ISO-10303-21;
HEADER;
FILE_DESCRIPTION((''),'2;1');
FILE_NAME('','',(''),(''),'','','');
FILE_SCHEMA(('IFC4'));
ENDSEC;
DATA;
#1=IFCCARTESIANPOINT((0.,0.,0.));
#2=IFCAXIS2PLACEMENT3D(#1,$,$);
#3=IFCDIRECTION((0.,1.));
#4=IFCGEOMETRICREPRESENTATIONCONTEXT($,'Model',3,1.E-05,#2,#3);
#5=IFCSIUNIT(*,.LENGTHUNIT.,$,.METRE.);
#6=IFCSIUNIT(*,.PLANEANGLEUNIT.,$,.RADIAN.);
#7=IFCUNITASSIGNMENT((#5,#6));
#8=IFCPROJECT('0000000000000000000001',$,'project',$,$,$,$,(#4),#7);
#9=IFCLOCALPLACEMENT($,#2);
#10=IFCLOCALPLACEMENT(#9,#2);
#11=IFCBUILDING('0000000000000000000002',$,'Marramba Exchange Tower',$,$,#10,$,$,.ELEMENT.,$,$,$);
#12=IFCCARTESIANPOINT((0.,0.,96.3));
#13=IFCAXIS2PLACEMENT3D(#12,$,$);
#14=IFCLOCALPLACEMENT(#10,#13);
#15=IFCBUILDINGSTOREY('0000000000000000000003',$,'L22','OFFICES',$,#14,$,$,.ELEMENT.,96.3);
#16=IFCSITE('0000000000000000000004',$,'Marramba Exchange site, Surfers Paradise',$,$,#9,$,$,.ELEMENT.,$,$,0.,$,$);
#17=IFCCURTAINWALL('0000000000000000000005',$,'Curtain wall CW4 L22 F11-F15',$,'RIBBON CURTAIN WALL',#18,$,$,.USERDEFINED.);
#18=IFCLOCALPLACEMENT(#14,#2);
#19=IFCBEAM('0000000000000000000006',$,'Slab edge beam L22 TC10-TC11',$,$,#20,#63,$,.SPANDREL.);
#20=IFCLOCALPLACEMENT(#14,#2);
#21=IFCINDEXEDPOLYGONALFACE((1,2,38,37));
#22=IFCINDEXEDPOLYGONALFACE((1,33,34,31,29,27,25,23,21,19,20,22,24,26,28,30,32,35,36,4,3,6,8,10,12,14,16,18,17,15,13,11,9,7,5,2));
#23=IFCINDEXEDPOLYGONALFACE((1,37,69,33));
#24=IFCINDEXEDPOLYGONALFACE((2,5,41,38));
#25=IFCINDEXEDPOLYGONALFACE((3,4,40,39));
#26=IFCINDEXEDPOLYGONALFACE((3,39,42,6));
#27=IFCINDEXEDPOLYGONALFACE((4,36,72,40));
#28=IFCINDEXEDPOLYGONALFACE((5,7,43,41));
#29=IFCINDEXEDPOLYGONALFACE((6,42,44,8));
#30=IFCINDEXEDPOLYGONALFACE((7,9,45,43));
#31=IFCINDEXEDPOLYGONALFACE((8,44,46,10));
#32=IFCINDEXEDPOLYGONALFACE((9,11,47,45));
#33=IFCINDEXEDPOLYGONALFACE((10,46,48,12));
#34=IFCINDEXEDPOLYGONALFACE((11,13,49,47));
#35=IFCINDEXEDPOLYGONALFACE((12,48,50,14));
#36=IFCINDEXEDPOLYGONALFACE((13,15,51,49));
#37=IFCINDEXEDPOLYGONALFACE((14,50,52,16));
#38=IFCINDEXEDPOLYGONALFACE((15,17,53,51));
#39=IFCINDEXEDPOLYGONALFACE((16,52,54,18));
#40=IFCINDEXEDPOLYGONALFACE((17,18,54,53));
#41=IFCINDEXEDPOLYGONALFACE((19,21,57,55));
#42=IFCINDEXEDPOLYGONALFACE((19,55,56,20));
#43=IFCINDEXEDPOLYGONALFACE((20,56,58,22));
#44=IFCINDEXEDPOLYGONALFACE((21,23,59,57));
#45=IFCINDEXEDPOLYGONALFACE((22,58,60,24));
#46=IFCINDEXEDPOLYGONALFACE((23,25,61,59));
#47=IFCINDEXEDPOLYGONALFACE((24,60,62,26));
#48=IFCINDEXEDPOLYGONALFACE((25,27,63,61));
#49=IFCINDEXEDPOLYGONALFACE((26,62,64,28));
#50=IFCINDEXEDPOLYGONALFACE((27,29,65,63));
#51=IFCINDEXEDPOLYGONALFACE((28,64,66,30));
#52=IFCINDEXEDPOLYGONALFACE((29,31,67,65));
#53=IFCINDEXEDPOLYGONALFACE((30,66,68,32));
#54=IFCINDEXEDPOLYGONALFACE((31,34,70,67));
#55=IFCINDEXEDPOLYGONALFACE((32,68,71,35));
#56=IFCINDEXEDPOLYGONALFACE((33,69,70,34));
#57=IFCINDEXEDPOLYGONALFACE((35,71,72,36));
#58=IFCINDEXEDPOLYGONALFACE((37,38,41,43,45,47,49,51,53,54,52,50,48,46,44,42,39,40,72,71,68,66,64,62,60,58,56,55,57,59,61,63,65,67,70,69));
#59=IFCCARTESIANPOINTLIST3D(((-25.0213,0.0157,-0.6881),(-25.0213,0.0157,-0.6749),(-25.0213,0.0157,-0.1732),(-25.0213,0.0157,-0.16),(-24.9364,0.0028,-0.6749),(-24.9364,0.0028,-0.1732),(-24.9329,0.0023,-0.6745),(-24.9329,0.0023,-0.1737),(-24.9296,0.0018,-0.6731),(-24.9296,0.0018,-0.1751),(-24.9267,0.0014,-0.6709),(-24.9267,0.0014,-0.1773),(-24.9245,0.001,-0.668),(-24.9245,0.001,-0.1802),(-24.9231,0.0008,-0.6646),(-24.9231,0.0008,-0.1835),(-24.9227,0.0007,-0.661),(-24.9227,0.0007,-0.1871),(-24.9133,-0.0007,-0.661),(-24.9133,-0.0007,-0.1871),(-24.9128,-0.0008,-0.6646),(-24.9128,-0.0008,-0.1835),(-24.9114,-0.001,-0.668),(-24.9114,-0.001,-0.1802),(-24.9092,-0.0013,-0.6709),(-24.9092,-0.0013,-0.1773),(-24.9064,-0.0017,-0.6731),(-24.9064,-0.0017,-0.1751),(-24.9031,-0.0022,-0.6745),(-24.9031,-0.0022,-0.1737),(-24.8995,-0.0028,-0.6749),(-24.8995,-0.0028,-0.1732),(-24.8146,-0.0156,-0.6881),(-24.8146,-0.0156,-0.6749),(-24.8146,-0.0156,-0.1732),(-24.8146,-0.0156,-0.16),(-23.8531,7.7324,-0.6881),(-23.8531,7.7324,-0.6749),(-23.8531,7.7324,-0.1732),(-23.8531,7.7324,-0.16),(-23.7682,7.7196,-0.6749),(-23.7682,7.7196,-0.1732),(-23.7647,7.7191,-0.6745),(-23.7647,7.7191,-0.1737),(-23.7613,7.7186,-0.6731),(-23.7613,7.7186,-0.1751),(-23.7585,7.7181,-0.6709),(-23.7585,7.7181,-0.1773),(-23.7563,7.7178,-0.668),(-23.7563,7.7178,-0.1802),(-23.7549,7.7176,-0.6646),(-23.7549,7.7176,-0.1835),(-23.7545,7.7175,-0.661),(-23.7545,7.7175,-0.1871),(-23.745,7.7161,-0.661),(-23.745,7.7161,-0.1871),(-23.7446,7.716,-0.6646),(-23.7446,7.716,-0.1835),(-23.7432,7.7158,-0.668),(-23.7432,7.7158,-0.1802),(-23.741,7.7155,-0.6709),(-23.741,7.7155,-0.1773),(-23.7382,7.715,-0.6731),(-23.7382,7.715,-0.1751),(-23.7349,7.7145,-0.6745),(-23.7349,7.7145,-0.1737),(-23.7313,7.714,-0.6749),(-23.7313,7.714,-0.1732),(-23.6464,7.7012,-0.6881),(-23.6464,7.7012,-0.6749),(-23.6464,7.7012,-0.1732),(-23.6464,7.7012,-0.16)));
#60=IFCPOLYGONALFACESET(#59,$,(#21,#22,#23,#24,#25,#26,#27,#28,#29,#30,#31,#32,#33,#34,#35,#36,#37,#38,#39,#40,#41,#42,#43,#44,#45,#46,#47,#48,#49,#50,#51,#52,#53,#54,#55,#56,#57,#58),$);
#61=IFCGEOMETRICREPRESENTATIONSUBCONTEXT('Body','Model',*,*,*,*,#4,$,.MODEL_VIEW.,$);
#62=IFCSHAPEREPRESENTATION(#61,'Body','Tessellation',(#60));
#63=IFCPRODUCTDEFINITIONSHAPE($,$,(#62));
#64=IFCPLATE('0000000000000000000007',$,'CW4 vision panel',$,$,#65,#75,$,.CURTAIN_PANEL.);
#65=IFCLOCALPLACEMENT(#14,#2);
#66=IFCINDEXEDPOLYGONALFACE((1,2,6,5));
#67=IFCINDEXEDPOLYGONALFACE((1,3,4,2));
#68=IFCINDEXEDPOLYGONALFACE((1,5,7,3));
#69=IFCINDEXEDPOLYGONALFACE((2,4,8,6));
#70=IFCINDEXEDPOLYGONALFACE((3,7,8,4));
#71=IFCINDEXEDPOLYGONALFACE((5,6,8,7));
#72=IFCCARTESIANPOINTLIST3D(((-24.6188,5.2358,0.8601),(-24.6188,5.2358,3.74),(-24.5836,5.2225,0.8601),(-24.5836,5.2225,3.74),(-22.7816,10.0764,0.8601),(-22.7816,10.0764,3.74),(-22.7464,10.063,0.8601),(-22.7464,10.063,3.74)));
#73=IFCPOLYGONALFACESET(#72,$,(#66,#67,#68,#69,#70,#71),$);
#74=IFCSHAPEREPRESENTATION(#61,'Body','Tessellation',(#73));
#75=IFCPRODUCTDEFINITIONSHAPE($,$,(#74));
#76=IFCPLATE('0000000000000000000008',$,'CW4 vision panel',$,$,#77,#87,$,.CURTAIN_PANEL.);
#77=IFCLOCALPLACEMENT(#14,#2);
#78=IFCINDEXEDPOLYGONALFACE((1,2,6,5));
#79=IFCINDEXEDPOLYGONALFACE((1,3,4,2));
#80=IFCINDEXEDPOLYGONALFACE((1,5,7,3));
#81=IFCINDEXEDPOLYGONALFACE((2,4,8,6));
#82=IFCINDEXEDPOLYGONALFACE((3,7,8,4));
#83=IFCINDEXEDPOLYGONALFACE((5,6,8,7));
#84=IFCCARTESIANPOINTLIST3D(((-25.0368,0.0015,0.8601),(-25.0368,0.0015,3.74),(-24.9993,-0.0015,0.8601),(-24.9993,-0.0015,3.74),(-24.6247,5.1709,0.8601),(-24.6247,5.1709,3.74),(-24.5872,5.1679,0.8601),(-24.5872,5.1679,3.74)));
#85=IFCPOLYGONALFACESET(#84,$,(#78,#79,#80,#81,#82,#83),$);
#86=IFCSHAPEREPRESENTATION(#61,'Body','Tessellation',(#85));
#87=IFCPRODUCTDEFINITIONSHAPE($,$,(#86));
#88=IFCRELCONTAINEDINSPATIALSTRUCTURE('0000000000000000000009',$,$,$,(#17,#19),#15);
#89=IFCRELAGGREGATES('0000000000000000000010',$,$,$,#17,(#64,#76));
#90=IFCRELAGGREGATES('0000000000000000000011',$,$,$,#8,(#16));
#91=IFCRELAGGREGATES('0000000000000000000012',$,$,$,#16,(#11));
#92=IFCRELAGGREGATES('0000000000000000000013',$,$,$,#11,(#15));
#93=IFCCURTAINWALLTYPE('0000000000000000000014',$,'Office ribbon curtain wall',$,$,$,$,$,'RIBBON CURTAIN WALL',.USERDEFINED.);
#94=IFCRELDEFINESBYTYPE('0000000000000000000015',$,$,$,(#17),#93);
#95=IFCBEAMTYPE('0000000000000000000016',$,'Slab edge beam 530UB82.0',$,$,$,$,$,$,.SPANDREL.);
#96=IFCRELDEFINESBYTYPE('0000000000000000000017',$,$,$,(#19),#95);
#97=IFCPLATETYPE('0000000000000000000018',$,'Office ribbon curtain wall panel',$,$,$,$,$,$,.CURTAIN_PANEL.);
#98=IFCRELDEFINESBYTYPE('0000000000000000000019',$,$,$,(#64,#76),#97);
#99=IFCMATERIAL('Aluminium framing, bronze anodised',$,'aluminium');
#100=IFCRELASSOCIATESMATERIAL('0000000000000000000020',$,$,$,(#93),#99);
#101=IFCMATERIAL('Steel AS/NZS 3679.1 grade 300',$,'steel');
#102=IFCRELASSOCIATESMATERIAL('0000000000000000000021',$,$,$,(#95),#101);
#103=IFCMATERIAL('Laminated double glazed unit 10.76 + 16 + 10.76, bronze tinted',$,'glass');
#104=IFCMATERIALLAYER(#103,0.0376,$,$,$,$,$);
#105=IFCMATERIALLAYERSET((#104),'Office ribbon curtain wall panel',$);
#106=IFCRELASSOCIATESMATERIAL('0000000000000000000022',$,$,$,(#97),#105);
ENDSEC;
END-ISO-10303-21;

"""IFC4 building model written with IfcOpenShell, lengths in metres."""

from ifc_helpers import new_model, si_unit, direction, frame, origin, origin_2d, place, context, subcontext, project, spatial, rectangle, i_section, extrude, material, layer, layer_set, material_profile, profile_set, type_object, element, aggregate, save


model = new_model("IFC4")

# Units and contexts
model_context = context("Model", 3, precision=1e-05, world=origin(), true_north=direction((0.0, 1.0)))
body_context = subcontext(model_context, "Body", "Model", "MODEL_VIEW")
ifc_project = project(units=[si_unit("LENGTHUNIT", "METRE"), si_unit("PLANEANGLEUNIT", "RADIAN")], contexts=[model_context])

# Site, building, storey
site_placement = place(None, origin())
site = spatial("IfcSite", under=ifc_project, at=site_placement, Name="Marramba Exchange site, Surfers Paradise", CompositionType="ELEMENT", RefElevation=0.0)
building_placement = place(site_placement, origin())
building = spatial("IfcBuilding", under=site, at=building_placement, Name="Marramba Exchange Tower", CompositionType="ELEMENT")
storey_placement = place(building_placement, frame((0.0, 0.0, 96.3)))
storey = spatial("IfcBuildingStorey", under=building, at=storey_placement, Name="L22", Description="OFFICES", CompositionType="ELEMENT", Elevation=96.3)

# Shared definitions
ifc_material_1 = material(Name="Steel AS/NZS 3679.1 grade 300", Category="steel")

# Curtain wall
ifc_material_2 = material(Name="Aluminium framing, bronze anodised", Category="aluminium")
curtain_wall_type = type_object("IfcCurtainWallType", Name="Office ribbon curtain wall", ElementType="RIBBON CURTAIN WALL", PredefinedType="USERDEFINED", material=ifc_material_2)
curtain_wall_placement = place(storey_placement, origin())
curtain_wall = element("IfcCurtainWall", 1, at=curtain_wall_placement, inside=storey, type_object=curtain_wall_type, Name="Curtain wall CW4 L22 F11-F15", ObjectType="RIBBON CURTAIN WALL", PredefinedType="USERDEFINED")

# Beam
ifc_material_profile_1 = material_profile(ifc_material_1, i_section(OverallWidth=0.209, OverallDepth=0.5281, WebThickness=0.0095, FlangeThickness=0.0132, FilletRadius=0.0139, at=origin_2d()), Name="530UB82.0")
ifc_profile_set_1 = profile_set([ifc_material_profile_1], Name="Steel AS/NZS 3679.1 grade 300")
beam_type_1 = type_object("IfcBeamType", Name="Slab edge beam 530UB82.0", PredefinedType="SPANDREL", material=ifc_profile_set_1)
beam_1_placement = place(storey_placement, frame((-23.7498, 7.7168, -0.4241), z_axis=(-0.14968, -0.988734, 0.0), x_axis=(0.988734, -0.14968, 0.0)))
element("IfcBeam", 2, at=beam_1_placement, inside=storey, type_object=beam_type_1, Name="Slab edge beam L22 TC10-TC11", PredefinedType="SPANDREL", context=body_context, shape_type="SweptSolid", body=[
    extrude(i_section(OverallWidth=0.209, OverallDepth=0.5281, WebThickness=0.0095, FlangeThickness=0.0132, FilletRadius=0.0139, at=origin_2d()), origin(), (0.0, 0.0, 1.0), 7.8047),
])

# Plates
ifc_material_3 = material(Name="Laminated double glazed unit 10.76 + 16 + 10.76, bronze tinted", Category="glass")
ifc_layer_1 = layer(ifc_material_3, 0.0376)
ifc_layer_set_1 = layer_set([ifc_layer_1], Name="Office ribbon curtain wall panel")
plate_type = type_object("IfcPlateType", Name="Office ribbon curtain wall panel", PredefinedType="CURTAIN_PANEL", material=ifc_layer_set_1)
plate_1_placement = place(storey_placement, frame((-23.6826, 7.6494, 0.8601), z_axis=(0.0, 0.0, 1.0), x_axis=(-0.354844, -0.934925, 0.0)))
plate_1 = element("IfcPlate", 3, at=plate_1_placement, type_object=plate_type, Name="CW4 vision panel", PredefinedType="CURTAIN_PANEL", context=body_context, shape_type="SweptSolid", body=[
    extrude(rectangle(XDim=5.1775, YDim=0.0376, at=origin_2d()), origin(), (0.0, 0.0, 1.0), 2.8799),
])
plate_2_placement = place(storey_placement, frame((-24.812, 2.5847, 0.8601), z_axis=(0.0, 0.0, 1.0), x_axis=(-0.07946, -0.996838, 0.0)))
plate_2 = element("IfcPlate", 4, at=plate_2_placement, type_object=plate_type, Name="CW4 vision panel", PredefinedType="CURTAIN_PANEL", context=body_context, shape_type="SweptSolid", body=[
    extrude(rectangle(XDim=5.1858, YDim=0.0376, at=origin_2d()), origin(), (0.0, 0.0, 1.0), 2.8799),
])
aggregate(curtain_wall, [plate_1, plate_2])

save(model, "model.ifc")
